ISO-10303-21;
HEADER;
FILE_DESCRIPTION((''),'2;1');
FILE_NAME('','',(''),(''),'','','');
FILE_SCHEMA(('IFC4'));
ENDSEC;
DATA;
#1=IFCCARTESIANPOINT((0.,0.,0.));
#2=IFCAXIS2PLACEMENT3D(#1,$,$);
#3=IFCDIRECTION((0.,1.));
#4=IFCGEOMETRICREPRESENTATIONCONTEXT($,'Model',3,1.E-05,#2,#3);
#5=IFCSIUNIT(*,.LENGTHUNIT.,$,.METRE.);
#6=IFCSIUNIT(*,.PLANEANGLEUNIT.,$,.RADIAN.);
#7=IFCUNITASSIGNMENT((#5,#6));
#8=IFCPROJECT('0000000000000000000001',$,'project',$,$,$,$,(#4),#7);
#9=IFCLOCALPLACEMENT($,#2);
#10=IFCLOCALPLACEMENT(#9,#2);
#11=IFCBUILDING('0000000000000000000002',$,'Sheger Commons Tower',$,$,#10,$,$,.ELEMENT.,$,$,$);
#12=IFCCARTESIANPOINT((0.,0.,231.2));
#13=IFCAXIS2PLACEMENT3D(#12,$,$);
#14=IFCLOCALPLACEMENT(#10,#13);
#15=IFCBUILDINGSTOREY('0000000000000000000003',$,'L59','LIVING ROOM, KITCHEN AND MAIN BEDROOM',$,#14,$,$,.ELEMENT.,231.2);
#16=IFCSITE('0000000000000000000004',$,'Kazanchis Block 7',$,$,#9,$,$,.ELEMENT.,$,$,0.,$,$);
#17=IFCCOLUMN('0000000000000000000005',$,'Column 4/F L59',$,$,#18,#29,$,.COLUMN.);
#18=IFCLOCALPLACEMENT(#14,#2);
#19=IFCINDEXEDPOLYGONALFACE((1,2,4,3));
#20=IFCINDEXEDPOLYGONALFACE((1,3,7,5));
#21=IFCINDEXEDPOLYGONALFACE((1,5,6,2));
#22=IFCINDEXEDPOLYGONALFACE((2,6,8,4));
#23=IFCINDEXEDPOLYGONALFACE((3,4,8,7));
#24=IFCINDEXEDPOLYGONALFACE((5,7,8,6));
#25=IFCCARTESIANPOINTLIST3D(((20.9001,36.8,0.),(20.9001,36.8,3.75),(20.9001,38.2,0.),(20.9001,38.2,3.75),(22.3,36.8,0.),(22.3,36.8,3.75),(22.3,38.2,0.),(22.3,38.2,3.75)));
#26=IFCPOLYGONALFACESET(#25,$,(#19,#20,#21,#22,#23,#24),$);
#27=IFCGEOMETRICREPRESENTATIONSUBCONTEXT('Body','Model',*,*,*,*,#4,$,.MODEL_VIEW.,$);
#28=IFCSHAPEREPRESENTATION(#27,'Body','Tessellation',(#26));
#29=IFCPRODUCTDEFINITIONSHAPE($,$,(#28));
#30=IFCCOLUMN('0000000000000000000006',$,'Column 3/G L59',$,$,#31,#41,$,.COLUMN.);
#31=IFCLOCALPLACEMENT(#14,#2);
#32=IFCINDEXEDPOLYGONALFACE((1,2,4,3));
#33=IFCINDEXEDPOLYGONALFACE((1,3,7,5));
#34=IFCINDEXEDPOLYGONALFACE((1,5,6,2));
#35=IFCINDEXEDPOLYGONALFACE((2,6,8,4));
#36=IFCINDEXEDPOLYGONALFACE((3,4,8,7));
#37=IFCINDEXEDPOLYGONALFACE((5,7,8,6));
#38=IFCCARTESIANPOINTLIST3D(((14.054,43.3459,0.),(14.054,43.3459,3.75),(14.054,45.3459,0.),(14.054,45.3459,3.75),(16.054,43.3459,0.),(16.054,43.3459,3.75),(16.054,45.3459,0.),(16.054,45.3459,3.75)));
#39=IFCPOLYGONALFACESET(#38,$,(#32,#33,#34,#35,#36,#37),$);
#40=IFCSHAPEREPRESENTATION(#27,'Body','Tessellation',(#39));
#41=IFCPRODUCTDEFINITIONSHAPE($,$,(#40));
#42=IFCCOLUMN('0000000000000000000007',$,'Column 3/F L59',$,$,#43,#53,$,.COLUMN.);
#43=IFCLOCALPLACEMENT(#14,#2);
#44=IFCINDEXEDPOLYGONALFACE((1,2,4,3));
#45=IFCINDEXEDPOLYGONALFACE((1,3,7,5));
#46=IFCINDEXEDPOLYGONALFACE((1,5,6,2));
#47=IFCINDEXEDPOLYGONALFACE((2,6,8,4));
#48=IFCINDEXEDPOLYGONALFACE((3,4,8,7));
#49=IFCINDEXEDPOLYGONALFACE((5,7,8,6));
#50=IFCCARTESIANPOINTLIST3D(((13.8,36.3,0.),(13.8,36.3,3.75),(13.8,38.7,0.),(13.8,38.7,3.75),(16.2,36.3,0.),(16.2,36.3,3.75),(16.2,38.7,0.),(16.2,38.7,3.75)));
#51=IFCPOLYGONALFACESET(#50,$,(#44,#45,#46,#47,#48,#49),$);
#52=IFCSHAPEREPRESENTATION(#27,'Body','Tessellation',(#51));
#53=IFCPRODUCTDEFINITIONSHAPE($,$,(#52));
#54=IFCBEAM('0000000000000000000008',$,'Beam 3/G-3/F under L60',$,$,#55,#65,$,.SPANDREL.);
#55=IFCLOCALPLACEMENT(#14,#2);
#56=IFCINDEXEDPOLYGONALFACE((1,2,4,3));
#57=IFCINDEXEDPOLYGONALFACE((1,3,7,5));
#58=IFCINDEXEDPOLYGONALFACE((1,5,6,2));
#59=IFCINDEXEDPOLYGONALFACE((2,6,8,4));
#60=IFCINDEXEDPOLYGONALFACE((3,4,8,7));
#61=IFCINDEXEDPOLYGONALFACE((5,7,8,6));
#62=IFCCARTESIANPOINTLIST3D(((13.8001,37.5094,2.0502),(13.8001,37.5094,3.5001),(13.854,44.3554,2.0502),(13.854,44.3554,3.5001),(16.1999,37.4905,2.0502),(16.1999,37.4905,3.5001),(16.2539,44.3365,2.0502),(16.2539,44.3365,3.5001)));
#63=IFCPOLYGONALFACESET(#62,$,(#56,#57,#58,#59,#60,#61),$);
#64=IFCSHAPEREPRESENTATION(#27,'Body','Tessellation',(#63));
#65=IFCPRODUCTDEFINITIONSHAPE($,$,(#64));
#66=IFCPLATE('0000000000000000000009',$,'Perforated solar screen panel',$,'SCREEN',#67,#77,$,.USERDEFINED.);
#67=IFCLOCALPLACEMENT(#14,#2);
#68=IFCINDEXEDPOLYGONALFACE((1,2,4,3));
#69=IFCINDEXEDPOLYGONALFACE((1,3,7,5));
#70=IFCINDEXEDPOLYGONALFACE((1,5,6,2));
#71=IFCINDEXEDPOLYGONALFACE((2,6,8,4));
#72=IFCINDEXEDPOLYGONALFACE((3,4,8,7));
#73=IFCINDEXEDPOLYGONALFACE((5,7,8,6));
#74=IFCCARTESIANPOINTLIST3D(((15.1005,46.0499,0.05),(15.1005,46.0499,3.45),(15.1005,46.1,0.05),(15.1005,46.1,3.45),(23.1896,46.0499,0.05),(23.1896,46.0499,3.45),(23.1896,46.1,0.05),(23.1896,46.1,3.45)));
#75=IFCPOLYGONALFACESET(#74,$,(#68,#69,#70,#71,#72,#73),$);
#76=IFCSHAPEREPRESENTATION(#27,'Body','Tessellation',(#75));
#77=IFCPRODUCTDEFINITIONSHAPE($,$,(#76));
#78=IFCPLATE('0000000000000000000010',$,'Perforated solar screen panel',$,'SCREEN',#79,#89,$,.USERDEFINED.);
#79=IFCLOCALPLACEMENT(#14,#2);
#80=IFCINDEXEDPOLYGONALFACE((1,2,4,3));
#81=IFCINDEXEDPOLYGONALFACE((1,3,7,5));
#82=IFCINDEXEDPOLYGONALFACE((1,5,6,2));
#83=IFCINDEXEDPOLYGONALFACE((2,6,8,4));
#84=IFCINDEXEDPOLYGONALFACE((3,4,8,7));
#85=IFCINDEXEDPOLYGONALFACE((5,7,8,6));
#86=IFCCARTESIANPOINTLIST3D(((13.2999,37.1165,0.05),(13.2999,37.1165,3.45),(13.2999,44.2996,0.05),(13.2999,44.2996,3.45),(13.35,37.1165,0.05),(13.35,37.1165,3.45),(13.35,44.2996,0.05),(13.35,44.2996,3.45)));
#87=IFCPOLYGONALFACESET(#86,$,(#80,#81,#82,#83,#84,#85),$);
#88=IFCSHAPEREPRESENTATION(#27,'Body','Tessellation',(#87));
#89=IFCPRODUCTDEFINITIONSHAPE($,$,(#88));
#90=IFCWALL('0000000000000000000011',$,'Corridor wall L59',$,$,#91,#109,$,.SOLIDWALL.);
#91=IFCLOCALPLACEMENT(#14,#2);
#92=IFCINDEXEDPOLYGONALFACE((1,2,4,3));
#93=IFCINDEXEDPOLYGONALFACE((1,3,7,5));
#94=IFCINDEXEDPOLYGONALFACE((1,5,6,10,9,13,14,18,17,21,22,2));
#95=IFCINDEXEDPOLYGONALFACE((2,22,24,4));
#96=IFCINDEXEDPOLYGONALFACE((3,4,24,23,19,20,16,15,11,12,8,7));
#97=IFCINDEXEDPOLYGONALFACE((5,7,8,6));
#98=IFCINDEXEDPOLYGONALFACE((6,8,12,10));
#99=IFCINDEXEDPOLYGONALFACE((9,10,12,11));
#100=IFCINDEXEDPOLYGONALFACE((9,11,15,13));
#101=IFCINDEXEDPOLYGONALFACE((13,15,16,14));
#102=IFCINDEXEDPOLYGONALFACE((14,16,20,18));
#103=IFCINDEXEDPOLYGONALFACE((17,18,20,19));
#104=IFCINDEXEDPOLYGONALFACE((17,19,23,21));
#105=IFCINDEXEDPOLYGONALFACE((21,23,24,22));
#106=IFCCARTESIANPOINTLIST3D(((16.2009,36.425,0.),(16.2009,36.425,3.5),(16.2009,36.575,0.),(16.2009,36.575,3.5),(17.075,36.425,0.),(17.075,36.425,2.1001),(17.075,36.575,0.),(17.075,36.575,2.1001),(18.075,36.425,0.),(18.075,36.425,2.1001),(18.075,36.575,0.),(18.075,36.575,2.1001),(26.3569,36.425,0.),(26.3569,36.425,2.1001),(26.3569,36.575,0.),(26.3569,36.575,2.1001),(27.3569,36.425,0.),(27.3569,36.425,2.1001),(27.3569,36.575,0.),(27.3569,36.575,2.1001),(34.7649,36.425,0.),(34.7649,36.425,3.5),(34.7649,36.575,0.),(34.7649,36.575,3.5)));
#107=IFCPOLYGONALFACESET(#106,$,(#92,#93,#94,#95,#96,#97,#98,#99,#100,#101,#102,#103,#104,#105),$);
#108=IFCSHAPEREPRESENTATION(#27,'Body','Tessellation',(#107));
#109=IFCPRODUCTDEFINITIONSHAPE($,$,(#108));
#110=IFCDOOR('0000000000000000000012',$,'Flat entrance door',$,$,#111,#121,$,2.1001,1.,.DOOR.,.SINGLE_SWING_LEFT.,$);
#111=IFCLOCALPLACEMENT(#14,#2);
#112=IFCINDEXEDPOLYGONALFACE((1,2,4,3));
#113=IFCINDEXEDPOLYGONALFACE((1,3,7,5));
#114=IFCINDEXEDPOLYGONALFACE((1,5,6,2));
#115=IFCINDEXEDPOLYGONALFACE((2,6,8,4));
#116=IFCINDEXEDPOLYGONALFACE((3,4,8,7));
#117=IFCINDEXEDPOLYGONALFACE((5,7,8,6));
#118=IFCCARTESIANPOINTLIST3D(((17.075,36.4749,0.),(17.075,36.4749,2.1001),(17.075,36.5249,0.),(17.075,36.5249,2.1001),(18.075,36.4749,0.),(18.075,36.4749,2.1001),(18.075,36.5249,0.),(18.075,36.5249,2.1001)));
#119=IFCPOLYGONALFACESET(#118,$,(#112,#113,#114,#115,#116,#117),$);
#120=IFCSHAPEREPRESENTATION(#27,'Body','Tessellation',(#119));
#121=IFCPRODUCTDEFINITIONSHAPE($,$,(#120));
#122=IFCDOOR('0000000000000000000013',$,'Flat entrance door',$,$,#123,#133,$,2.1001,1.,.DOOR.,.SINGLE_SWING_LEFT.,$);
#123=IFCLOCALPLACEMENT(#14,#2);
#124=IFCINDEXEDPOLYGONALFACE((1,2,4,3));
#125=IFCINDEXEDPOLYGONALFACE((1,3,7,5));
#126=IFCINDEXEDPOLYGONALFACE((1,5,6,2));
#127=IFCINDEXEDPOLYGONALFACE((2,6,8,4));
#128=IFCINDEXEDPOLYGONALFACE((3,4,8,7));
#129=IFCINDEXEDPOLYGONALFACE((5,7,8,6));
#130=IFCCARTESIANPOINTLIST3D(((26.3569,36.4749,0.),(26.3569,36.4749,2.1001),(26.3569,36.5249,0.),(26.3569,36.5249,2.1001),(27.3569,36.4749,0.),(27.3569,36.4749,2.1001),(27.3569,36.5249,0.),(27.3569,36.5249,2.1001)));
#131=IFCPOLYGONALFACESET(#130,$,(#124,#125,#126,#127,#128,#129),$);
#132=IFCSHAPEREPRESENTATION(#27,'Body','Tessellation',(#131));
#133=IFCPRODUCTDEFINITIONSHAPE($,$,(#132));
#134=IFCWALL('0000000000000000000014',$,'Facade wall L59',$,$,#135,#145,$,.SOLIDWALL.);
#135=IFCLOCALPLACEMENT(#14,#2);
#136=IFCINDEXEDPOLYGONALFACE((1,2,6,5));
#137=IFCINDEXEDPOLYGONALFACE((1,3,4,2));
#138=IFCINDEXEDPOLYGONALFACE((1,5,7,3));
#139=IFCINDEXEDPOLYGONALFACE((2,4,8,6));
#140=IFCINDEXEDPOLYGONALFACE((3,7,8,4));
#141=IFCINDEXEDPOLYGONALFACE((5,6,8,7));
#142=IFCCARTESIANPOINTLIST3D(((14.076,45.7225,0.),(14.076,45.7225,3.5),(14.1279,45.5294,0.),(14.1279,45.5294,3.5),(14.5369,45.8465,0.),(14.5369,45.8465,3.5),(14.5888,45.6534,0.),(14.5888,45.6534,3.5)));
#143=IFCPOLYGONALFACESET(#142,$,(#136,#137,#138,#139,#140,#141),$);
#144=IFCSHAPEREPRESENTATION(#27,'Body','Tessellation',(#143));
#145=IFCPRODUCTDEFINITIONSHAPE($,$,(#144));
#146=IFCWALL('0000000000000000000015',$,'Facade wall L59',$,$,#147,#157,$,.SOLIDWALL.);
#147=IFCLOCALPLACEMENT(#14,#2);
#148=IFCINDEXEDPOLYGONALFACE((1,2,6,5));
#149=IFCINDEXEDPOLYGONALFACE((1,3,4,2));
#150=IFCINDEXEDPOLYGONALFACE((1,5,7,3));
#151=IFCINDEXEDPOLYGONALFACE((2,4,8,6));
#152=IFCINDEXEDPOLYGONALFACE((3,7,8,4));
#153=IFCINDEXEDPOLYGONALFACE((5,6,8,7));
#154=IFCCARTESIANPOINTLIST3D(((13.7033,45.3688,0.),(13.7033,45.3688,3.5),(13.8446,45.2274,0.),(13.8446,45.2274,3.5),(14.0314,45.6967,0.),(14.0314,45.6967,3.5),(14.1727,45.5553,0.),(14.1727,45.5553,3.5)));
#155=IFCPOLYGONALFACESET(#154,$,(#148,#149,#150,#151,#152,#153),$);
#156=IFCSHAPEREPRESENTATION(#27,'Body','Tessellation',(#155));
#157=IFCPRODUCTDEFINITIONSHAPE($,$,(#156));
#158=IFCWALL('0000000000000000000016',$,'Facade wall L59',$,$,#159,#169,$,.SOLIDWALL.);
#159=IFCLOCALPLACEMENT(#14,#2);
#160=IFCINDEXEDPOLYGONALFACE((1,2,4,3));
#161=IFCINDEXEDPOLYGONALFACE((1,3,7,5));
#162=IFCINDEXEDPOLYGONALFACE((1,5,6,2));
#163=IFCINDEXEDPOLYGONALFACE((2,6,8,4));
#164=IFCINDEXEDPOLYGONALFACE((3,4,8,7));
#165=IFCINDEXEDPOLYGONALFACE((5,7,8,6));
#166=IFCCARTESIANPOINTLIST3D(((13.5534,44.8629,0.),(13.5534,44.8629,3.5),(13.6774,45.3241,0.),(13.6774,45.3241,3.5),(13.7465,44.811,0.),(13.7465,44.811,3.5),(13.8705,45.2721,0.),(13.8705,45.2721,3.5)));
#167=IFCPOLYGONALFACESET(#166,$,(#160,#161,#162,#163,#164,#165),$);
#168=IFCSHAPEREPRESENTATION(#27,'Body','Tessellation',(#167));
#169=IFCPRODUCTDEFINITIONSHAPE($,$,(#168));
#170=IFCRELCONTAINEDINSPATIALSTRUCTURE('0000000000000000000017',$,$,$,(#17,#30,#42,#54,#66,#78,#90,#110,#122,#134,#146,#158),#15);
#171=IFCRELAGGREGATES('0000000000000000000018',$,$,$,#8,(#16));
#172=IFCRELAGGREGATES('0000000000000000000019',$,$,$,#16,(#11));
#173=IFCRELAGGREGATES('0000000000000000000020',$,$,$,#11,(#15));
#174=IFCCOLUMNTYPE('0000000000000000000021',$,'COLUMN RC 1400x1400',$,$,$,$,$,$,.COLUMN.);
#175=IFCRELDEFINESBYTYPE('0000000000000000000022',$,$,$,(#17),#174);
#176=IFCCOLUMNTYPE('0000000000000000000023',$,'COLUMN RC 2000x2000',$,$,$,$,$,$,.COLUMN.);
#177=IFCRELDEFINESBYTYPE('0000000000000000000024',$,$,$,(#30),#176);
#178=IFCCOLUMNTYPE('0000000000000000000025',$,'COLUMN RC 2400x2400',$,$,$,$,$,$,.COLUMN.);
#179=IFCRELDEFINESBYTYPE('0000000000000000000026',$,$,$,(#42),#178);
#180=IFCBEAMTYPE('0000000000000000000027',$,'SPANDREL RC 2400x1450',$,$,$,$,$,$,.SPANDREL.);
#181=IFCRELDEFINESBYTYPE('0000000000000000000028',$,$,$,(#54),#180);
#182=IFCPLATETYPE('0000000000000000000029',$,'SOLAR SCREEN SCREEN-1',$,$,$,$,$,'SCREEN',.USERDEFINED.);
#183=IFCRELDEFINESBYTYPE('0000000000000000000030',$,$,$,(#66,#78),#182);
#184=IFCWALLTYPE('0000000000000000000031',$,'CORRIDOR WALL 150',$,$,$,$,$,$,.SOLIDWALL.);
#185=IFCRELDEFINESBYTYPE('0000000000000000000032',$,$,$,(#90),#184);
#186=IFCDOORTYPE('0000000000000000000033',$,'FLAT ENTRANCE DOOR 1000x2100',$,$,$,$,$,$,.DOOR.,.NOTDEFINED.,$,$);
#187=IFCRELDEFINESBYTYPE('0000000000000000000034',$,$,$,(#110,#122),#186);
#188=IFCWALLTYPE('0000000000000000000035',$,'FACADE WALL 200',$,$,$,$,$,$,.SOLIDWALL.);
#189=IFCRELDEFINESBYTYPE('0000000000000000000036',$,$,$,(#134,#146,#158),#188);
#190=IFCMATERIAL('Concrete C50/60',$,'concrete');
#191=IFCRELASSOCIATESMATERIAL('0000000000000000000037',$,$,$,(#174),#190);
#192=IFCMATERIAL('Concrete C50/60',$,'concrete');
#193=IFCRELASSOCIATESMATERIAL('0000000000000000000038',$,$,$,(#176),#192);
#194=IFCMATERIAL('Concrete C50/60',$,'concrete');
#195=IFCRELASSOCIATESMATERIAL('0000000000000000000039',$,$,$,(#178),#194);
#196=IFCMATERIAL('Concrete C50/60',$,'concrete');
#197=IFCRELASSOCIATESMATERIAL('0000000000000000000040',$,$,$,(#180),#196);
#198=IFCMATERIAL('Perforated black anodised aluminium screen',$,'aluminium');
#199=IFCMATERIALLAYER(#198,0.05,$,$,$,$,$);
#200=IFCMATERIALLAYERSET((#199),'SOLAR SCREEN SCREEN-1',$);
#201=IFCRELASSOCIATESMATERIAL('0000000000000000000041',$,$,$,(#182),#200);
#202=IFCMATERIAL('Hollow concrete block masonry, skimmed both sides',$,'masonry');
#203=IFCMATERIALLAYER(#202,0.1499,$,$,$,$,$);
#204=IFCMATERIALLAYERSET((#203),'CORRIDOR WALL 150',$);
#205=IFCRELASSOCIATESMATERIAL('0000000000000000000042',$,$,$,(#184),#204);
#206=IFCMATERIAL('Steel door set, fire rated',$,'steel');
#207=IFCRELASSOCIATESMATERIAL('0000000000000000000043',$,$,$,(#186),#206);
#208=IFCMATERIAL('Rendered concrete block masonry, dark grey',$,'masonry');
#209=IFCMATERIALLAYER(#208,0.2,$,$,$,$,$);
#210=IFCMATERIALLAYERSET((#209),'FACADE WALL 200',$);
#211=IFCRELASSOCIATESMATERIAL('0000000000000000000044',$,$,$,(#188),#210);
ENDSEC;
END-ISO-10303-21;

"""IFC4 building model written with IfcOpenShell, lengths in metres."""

from ifc_helpers import new_model, si_unit, direction, frame, frame_2d, origin, origin_2d, place, context, subcontext, project, spatial, rectangle, extrude, material, layer, layer_set, material_profile, profile_set, type_object, element, fill, save


model = new_model("IFC4")

# Units and contexts
model_context = context("Model", 3, precision=1e-05, world=origin(), true_north=direction((0.0, 1.0)))
body_context = subcontext(model_context, "Body", "Model", "MODEL_VIEW")
ifc_project = project(units=[si_unit("LENGTHUNIT", "METRE"), si_unit("PLANEANGLEUNIT", "RADIAN")], contexts=[model_context])

# Site, building, storey
site_placement = place(None, origin())
site = spatial("IfcSite", under=ifc_project, at=site_placement, Name="Kazanchis Block 7", CompositionType="ELEMENT", RefElevation=0.0)
building_placement = place(site_placement, origin())
building = spatial("IfcBuilding", under=site, at=building_placement, Name="Sheger Commons Tower", CompositionType="ELEMENT")
storey_placement = place(building_placement, frame((0.0, 0.0, 231.2)))
storey = spatial("IfcBuildingStorey", under=building, at=storey_placement, Name="L59", Description="LIVING ROOM, KITCHEN AND MAIN BEDROOM", CompositionType="ELEMENT", Elevation=231.2)

# Columns
ifc_material_1 = material(Name="Concrete C50/60", Category="concrete")
ifc_material_profile_1 = material_profile(ifc_material_1, rectangle(XDim=1.3999, YDim=1.3999, at=origin_2d()), Name="RC 1400x1400")
ifc_profile_set_1 = profile_set([ifc_material_profile_1], Name="Concrete C50/60")
column_type_1 = type_object("IfcColumnType", Name="COLUMN RC 1400x1400", PredefinedType="COLUMN", material=ifc_profile_set_1)
column_1_placement = place(storey_placement, frame((21.6001, 37.5, 0.0), z_axis=(0.0, 0.0, 1.0), x_axis=(1.0, 0.0, 0.0)))
element("IfcColumn", 1, at=column_1_placement, inside=storey, type_object=column_type_1, Name="Column 4/F L59", PredefinedType="COLUMN", context=body_context, shape_type="SweptSolid", body=[
    extrude(rectangle(XDim=1.3999, YDim=1.3999, at=origin_2d()), origin(), (0.0, 0.0, 1.0), 3.75),
])
ifc_material_2 = material(Name="Concrete C50/60", Category="concrete")
ifc_material_profile_2 = material_profile(ifc_material_2, rectangle(XDim=2.0, YDim=2.0, at=origin_2d()), Name="RC 2000x2000")
ifc_profile_set_2 = profile_set([ifc_material_profile_2], Name="Concrete C50/60")
column_type_2 = type_object("IfcColumnType", Name="COLUMN RC 2000x2000", PredefinedType="COLUMN", material=ifc_profile_set_2)
column_2_placement = place(storey_placement, frame((15.054, 44.3459, 0.0), z_axis=(0.0, 0.0, 1.0), x_axis=(1.0, 0.0, 0.0)))
element("IfcColumn", 2, at=column_2_placement, inside=storey, type_object=column_type_2, Name="Column 3/G L59", PredefinedType="COLUMN", context=body_context, shape_type="SweptSolid", body=[
    extrude(rectangle(XDim=2.0, YDim=2.0, at=origin_2d()), origin(), (0.0, 0.0, 1.0), 3.75),
])
ifc_material_3 = material(Name="Concrete C50/60", Category="concrete")
ifc_material_profile_3 = material_profile(ifc_material_3, rectangle(XDim=2.3999, YDim=2.3999, at=origin_2d()), Name="RC 2400x2400")
ifc_profile_set_3 = profile_set([ifc_material_profile_3], Name="Concrete C50/60")
column_type_3 = type_object("IfcColumnType", Name="COLUMN RC 2400x2400", PredefinedType="COLUMN", material=ifc_profile_set_3)
column_3_placement = place(storey_placement, frame((15.0, 37.5, 0.0), z_axis=(0.0, 0.0, 1.0), x_axis=(1.0, 0.0, 0.0)))
element("IfcColumn", 3, at=column_3_placement, inside=storey, type_object=column_type_3, Name="Column 3/F L59", PredefinedType="COLUMN", context=body_context, shape_type="SweptSolid", body=[
    extrude(rectangle(XDim=2.3999, YDim=2.3999, at=origin_2d()), origin(), (0.0, 0.0, 1.0), 3.75),
])

# Beam
ifc_material_4 = material(Name="Concrete C50/60", Category="concrete")
ifc_material_profile_4 = material_profile(ifc_material_4, rectangle(XDim=2.3999, YDim=1.45, at=origin_2d()), Name="RC 2400x1450")
ifc_profile_set_4 = profile_set([ifc_material_profile_4], Name="Concrete C50/60")
beam_type = type_object("IfcBeamType", Name="SPANDREL RC 2400x1450", PredefinedType="SPANDREL", material=ifc_profile_set_4)
beam_placement = place(storey_placement, frame((15.054, 44.3459, 2.7751), z_axis=(-0.007881, -0.999969, 0.0), x_axis=(0.999969, -0.007881, 0.0)))
element("IfcBeam", 4, at=beam_placement, inside=storey, type_object=beam_type, Name="Beam 3/G-3/F under L60", PredefinedType="SPANDREL", context=body_context, shape_type="SweptSolid", body=[
    extrude(rectangle(XDim=2.3999, YDim=1.45, at=origin_2d()), origin(), (0.0, 0.0, 1.0), 6.8462),
])

# Plates
ifc_material_5 = material(Name="Perforated black anodised aluminium screen", Category="aluminium")
ifc_layer_1 = layer(ifc_material_5, 0.05)
ifc_layer_set_1 = layer_set([ifc_layer_1], Name="SOLAR SCREEN SCREEN-1")
plate_type = type_object("IfcPlateType", Name="SOLAR SCREEN SCREEN-1", ElementType="SCREEN", PredefinedType="USERDEFINED", material=ifc_layer_set_1)
plate_1_placement = place(storey_placement, frame((19.145, 46.075, 0.05), z_axis=(0.0, 0.0, 1.0), x_axis=(-1.0, 0.0, 0.0)))
element("IfcPlate", 5, at=plate_1_placement, inside=storey, type_object=plate_type, Name="Perforated solar screen panel", ObjectType="SCREEN", PredefinedType="USERDEFINED", context=body_context, shape_type="SweptSolid", body=[
    extrude(rectangle(XDim=8.0891, YDim=0.05, at=origin_2d()), origin(), (0.0, 0.0, 1.0), 3.3999),
])
plate_2_placement = place(storey_placement, frame((13.325, 40.708, 0.05), z_axis=(0.0, 0.0, 1.0), x_axis=(0.0, -1.0, 0.0)))
element("IfcPlate", 6, at=plate_2_placement, inside=storey, type_object=plate_type, Name="Perforated solar screen panel", ObjectType="SCREEN", PredefinedType="USERDEFINED", context=body_context, shape_type="SweptSolid", body=[
    extrude(rectangle(XDim=7.1831, YDim=0.05, at=origin_2d()), origin(), (0.0, 0.0, 1.0), 3.3999),
])

# Wall, openings, doors
ifc_material_6 = material(Name="Hollow concrete block masonry, skimmed both sides", Category="masonry")
ifc_layer_2 = layer(ifc_material_6, 0.1499)
ifc_layer_set_2 = layer_set([ifc_layer_2], Name="CORRIDOR WALL 150")
wall_type_1 = type_object("IfcWallType", Name="CORRIDOR WALL 150", PredefinedType="SOLIDWALL", material=ifc_layer_set_2)
wall_1_placement = place(storey_placement, frame((16.2009, 36.5, 0.0), z_axis=(0.0, 0.0, 1.0), x_axis=(1.0, 0.0, 0.0)))
wall_1 = element("IfcWall", 7, at=wall_1_placement, inside=storey, type_object=wall_type_1, Name="Corridor wall L59", PredefinedType="SOLIDWALL", context=body_context, shape_type="SweptSolid", body=[
    extrude(rectangle(XDim=18.564, YDim=0.1499, at=frame_2d((9.282, 0.0))), origin(), (0.0, 0.0, 1.0), 3.5),
])
opening_1_placement = place(wall_1_placement, frame((0.874, 0.0, 0.0)))
opening_1 = element("IfcOpeningElement", 8, at=opening_1_placement, cuts=wall_1, PredefinedType="OPENING", context=body_context, shape_type="SweptSolid", body=[
    extrude(rectangle(XDim=1.0, YDim=2.1001, at=frame_2d((0.5, 1.05))), frame((0.0, 0.085, 0.0), z_axis=(0.0, -1.0, 0.0), x_axis=(1.0, 0.0, 0.0)), (0.0, 0.0, 1.0), 0.1699),
])
opening_2_placement = place(wall_1_placement, frame((10.156, 0.0, 0.0)))
opening_2 = element("IfcOpeningElement", 9, at=opening_2_placement, cuts=wall_1, PredefinedType="OPENING", context=body_context, shape_type="SweptSolid", body=[
    extrude(rectangle(XDim=1.0, YDim=2.1001, at=frame_2d((0.5, 1.05))), frame((0.0, 0.085, 0.0), z_axis=(0.0, -1.0, 0.0), x_axis=(1.0, 0.0, 0.0)), (0.0, 0.0, 1.0), 0.1699),
])
ifc_material_7 = material(Name="Steel door set, fire rated", Category="steel")
door_type_1 = type_object("IfcDoorType", Name="FLAT ENTRANCE DOOR 1000x2100", OperationType="NOTDEFINED", PredefinedType="DOOR", material=ifc_material_7)
door_1_placement = place(opening_1_placement, origin())
door_1 = element("IfcDoor", 10, at=door_1_placement, inside=storey, type_object=door_type_1, Name="Flat entrance door", OperationType="SINGLE_SWING_LEFT", OverallHeight=2.1001, OverallWidth=1.0, PredefinedType="DOOR", context=body_context, shape_type="SweptSolid", body=[
    extrude(rectangle(XDim=1.0, YDim=2.1001, at=frame_2d((0.5, 1.05))), frame((0.0, 0.0249, 0.0), z_axis=(0.0, -1.0, 0.0), x_axis=(1.0, 0.0, 0.0)), (0.0, 0.0, 1.0), 0.05),
])
fill(opening_1, door_1)
door_2_placement = place(opening_2_placement, origin())
door_2 = element("IfcDoor", 11, at=door_2_placement, inside=storey, type_object=door_type_1, Name="Flat entrance door", OperationType="SINGLE_SWING_LEFT", OverallHeight=2.1001, OverallWidth=1.0, PredefinedType="DOOR", context=body_context, shape_type="SweptSolid", body=[
    extrude(rectangle(XDim=1.0, YDim=2.1001, at=frame_2d((0.5, 1.05))), frame((0.0, 0.0249, 0.0), z_axis=(0.0, -1.0, 0.0), x_axis=(1.0, 0.0, 0.0)), (0.0, 0.0, 1.0), 0.05),
])
fill(opening_2, door_2)

# Walls
ifc_material_8 = material(Name="Rendered concrete block masonry, dark grey", Category="masonry")
ifc_layer_3 = layer(ifc_material_8, 0.2)
ifc_layer_set_3 = layer_set([ifc_layer_3], Name="FACADE WALL 200")
wall_type_2 = type_object("IfcWallType", Name="FACADE WALL 200", PredefinedType="SOLIDWALL", material=ifc_layer_set_3)
wall_2_placement = place(storey_placement, frame((14.563, 45.75, 0.0), z_axis=(0.0, 0.0, 1.0), x_axis=(-0.965655, -0.259827, 0.0)))
element("IfcWall", 12, at=wall_2_placement, inside=storey, type_object=wall_type_2, Name="Facade wall L59", PredefinedType="SOLIDWALL", context=body_context, shape_type="SweptSolid", body=[
    extrude(rectangle(XDim=0.4773, YDim=0.2, at=frame_2d((0.2388, 0.0))), origin(), (0.0, 0.0, 1.0), 3.5),
])
wall_3_placement = place(storey_placement, frame((14.1021, 45.626, 0.0), z_axis=(0.0, 0.0, 1.0), x_axis=(-0.70737, -0.706844, 0.0)))
element("IfcWall", 13, at=wall_3_placement, inside=storey, type_object=wall_type_2, Name="Facade wall L59", PredefinedType="SOLIDWALL", context=body_context, shape_type="SweptSolid", body=[
    extrude(rectangle(XDim=0.4639, YDim=0.2, at=frame_2d((0.2319, 0.0))), origin(), (0.0, 0.0, 1.0), 3.5),
])
wall_4_placement = place(storey_placement, frame((13.7739, 45.2981, 0.0), z_axis=(0.0, 0.0, 1.0), x_axis=(-0.259698, -0.96569, 0.0)))
element("IfcWall", 14, at=wall_4_placement, inside=storey, type_object=wall_type_2, Name="Facade wall L59", PredefinedType="SOLIDWALL", context=body_context, shape_type="SweptSolid", body=[
    extrude(rectangle(XDim=0.4775, YDim=0.2, at=frame_2d((0.2388, 0.0))), origin(), (0.0, 0.0, 1.0), 3.5),
])

save(model, "model.ifc")
